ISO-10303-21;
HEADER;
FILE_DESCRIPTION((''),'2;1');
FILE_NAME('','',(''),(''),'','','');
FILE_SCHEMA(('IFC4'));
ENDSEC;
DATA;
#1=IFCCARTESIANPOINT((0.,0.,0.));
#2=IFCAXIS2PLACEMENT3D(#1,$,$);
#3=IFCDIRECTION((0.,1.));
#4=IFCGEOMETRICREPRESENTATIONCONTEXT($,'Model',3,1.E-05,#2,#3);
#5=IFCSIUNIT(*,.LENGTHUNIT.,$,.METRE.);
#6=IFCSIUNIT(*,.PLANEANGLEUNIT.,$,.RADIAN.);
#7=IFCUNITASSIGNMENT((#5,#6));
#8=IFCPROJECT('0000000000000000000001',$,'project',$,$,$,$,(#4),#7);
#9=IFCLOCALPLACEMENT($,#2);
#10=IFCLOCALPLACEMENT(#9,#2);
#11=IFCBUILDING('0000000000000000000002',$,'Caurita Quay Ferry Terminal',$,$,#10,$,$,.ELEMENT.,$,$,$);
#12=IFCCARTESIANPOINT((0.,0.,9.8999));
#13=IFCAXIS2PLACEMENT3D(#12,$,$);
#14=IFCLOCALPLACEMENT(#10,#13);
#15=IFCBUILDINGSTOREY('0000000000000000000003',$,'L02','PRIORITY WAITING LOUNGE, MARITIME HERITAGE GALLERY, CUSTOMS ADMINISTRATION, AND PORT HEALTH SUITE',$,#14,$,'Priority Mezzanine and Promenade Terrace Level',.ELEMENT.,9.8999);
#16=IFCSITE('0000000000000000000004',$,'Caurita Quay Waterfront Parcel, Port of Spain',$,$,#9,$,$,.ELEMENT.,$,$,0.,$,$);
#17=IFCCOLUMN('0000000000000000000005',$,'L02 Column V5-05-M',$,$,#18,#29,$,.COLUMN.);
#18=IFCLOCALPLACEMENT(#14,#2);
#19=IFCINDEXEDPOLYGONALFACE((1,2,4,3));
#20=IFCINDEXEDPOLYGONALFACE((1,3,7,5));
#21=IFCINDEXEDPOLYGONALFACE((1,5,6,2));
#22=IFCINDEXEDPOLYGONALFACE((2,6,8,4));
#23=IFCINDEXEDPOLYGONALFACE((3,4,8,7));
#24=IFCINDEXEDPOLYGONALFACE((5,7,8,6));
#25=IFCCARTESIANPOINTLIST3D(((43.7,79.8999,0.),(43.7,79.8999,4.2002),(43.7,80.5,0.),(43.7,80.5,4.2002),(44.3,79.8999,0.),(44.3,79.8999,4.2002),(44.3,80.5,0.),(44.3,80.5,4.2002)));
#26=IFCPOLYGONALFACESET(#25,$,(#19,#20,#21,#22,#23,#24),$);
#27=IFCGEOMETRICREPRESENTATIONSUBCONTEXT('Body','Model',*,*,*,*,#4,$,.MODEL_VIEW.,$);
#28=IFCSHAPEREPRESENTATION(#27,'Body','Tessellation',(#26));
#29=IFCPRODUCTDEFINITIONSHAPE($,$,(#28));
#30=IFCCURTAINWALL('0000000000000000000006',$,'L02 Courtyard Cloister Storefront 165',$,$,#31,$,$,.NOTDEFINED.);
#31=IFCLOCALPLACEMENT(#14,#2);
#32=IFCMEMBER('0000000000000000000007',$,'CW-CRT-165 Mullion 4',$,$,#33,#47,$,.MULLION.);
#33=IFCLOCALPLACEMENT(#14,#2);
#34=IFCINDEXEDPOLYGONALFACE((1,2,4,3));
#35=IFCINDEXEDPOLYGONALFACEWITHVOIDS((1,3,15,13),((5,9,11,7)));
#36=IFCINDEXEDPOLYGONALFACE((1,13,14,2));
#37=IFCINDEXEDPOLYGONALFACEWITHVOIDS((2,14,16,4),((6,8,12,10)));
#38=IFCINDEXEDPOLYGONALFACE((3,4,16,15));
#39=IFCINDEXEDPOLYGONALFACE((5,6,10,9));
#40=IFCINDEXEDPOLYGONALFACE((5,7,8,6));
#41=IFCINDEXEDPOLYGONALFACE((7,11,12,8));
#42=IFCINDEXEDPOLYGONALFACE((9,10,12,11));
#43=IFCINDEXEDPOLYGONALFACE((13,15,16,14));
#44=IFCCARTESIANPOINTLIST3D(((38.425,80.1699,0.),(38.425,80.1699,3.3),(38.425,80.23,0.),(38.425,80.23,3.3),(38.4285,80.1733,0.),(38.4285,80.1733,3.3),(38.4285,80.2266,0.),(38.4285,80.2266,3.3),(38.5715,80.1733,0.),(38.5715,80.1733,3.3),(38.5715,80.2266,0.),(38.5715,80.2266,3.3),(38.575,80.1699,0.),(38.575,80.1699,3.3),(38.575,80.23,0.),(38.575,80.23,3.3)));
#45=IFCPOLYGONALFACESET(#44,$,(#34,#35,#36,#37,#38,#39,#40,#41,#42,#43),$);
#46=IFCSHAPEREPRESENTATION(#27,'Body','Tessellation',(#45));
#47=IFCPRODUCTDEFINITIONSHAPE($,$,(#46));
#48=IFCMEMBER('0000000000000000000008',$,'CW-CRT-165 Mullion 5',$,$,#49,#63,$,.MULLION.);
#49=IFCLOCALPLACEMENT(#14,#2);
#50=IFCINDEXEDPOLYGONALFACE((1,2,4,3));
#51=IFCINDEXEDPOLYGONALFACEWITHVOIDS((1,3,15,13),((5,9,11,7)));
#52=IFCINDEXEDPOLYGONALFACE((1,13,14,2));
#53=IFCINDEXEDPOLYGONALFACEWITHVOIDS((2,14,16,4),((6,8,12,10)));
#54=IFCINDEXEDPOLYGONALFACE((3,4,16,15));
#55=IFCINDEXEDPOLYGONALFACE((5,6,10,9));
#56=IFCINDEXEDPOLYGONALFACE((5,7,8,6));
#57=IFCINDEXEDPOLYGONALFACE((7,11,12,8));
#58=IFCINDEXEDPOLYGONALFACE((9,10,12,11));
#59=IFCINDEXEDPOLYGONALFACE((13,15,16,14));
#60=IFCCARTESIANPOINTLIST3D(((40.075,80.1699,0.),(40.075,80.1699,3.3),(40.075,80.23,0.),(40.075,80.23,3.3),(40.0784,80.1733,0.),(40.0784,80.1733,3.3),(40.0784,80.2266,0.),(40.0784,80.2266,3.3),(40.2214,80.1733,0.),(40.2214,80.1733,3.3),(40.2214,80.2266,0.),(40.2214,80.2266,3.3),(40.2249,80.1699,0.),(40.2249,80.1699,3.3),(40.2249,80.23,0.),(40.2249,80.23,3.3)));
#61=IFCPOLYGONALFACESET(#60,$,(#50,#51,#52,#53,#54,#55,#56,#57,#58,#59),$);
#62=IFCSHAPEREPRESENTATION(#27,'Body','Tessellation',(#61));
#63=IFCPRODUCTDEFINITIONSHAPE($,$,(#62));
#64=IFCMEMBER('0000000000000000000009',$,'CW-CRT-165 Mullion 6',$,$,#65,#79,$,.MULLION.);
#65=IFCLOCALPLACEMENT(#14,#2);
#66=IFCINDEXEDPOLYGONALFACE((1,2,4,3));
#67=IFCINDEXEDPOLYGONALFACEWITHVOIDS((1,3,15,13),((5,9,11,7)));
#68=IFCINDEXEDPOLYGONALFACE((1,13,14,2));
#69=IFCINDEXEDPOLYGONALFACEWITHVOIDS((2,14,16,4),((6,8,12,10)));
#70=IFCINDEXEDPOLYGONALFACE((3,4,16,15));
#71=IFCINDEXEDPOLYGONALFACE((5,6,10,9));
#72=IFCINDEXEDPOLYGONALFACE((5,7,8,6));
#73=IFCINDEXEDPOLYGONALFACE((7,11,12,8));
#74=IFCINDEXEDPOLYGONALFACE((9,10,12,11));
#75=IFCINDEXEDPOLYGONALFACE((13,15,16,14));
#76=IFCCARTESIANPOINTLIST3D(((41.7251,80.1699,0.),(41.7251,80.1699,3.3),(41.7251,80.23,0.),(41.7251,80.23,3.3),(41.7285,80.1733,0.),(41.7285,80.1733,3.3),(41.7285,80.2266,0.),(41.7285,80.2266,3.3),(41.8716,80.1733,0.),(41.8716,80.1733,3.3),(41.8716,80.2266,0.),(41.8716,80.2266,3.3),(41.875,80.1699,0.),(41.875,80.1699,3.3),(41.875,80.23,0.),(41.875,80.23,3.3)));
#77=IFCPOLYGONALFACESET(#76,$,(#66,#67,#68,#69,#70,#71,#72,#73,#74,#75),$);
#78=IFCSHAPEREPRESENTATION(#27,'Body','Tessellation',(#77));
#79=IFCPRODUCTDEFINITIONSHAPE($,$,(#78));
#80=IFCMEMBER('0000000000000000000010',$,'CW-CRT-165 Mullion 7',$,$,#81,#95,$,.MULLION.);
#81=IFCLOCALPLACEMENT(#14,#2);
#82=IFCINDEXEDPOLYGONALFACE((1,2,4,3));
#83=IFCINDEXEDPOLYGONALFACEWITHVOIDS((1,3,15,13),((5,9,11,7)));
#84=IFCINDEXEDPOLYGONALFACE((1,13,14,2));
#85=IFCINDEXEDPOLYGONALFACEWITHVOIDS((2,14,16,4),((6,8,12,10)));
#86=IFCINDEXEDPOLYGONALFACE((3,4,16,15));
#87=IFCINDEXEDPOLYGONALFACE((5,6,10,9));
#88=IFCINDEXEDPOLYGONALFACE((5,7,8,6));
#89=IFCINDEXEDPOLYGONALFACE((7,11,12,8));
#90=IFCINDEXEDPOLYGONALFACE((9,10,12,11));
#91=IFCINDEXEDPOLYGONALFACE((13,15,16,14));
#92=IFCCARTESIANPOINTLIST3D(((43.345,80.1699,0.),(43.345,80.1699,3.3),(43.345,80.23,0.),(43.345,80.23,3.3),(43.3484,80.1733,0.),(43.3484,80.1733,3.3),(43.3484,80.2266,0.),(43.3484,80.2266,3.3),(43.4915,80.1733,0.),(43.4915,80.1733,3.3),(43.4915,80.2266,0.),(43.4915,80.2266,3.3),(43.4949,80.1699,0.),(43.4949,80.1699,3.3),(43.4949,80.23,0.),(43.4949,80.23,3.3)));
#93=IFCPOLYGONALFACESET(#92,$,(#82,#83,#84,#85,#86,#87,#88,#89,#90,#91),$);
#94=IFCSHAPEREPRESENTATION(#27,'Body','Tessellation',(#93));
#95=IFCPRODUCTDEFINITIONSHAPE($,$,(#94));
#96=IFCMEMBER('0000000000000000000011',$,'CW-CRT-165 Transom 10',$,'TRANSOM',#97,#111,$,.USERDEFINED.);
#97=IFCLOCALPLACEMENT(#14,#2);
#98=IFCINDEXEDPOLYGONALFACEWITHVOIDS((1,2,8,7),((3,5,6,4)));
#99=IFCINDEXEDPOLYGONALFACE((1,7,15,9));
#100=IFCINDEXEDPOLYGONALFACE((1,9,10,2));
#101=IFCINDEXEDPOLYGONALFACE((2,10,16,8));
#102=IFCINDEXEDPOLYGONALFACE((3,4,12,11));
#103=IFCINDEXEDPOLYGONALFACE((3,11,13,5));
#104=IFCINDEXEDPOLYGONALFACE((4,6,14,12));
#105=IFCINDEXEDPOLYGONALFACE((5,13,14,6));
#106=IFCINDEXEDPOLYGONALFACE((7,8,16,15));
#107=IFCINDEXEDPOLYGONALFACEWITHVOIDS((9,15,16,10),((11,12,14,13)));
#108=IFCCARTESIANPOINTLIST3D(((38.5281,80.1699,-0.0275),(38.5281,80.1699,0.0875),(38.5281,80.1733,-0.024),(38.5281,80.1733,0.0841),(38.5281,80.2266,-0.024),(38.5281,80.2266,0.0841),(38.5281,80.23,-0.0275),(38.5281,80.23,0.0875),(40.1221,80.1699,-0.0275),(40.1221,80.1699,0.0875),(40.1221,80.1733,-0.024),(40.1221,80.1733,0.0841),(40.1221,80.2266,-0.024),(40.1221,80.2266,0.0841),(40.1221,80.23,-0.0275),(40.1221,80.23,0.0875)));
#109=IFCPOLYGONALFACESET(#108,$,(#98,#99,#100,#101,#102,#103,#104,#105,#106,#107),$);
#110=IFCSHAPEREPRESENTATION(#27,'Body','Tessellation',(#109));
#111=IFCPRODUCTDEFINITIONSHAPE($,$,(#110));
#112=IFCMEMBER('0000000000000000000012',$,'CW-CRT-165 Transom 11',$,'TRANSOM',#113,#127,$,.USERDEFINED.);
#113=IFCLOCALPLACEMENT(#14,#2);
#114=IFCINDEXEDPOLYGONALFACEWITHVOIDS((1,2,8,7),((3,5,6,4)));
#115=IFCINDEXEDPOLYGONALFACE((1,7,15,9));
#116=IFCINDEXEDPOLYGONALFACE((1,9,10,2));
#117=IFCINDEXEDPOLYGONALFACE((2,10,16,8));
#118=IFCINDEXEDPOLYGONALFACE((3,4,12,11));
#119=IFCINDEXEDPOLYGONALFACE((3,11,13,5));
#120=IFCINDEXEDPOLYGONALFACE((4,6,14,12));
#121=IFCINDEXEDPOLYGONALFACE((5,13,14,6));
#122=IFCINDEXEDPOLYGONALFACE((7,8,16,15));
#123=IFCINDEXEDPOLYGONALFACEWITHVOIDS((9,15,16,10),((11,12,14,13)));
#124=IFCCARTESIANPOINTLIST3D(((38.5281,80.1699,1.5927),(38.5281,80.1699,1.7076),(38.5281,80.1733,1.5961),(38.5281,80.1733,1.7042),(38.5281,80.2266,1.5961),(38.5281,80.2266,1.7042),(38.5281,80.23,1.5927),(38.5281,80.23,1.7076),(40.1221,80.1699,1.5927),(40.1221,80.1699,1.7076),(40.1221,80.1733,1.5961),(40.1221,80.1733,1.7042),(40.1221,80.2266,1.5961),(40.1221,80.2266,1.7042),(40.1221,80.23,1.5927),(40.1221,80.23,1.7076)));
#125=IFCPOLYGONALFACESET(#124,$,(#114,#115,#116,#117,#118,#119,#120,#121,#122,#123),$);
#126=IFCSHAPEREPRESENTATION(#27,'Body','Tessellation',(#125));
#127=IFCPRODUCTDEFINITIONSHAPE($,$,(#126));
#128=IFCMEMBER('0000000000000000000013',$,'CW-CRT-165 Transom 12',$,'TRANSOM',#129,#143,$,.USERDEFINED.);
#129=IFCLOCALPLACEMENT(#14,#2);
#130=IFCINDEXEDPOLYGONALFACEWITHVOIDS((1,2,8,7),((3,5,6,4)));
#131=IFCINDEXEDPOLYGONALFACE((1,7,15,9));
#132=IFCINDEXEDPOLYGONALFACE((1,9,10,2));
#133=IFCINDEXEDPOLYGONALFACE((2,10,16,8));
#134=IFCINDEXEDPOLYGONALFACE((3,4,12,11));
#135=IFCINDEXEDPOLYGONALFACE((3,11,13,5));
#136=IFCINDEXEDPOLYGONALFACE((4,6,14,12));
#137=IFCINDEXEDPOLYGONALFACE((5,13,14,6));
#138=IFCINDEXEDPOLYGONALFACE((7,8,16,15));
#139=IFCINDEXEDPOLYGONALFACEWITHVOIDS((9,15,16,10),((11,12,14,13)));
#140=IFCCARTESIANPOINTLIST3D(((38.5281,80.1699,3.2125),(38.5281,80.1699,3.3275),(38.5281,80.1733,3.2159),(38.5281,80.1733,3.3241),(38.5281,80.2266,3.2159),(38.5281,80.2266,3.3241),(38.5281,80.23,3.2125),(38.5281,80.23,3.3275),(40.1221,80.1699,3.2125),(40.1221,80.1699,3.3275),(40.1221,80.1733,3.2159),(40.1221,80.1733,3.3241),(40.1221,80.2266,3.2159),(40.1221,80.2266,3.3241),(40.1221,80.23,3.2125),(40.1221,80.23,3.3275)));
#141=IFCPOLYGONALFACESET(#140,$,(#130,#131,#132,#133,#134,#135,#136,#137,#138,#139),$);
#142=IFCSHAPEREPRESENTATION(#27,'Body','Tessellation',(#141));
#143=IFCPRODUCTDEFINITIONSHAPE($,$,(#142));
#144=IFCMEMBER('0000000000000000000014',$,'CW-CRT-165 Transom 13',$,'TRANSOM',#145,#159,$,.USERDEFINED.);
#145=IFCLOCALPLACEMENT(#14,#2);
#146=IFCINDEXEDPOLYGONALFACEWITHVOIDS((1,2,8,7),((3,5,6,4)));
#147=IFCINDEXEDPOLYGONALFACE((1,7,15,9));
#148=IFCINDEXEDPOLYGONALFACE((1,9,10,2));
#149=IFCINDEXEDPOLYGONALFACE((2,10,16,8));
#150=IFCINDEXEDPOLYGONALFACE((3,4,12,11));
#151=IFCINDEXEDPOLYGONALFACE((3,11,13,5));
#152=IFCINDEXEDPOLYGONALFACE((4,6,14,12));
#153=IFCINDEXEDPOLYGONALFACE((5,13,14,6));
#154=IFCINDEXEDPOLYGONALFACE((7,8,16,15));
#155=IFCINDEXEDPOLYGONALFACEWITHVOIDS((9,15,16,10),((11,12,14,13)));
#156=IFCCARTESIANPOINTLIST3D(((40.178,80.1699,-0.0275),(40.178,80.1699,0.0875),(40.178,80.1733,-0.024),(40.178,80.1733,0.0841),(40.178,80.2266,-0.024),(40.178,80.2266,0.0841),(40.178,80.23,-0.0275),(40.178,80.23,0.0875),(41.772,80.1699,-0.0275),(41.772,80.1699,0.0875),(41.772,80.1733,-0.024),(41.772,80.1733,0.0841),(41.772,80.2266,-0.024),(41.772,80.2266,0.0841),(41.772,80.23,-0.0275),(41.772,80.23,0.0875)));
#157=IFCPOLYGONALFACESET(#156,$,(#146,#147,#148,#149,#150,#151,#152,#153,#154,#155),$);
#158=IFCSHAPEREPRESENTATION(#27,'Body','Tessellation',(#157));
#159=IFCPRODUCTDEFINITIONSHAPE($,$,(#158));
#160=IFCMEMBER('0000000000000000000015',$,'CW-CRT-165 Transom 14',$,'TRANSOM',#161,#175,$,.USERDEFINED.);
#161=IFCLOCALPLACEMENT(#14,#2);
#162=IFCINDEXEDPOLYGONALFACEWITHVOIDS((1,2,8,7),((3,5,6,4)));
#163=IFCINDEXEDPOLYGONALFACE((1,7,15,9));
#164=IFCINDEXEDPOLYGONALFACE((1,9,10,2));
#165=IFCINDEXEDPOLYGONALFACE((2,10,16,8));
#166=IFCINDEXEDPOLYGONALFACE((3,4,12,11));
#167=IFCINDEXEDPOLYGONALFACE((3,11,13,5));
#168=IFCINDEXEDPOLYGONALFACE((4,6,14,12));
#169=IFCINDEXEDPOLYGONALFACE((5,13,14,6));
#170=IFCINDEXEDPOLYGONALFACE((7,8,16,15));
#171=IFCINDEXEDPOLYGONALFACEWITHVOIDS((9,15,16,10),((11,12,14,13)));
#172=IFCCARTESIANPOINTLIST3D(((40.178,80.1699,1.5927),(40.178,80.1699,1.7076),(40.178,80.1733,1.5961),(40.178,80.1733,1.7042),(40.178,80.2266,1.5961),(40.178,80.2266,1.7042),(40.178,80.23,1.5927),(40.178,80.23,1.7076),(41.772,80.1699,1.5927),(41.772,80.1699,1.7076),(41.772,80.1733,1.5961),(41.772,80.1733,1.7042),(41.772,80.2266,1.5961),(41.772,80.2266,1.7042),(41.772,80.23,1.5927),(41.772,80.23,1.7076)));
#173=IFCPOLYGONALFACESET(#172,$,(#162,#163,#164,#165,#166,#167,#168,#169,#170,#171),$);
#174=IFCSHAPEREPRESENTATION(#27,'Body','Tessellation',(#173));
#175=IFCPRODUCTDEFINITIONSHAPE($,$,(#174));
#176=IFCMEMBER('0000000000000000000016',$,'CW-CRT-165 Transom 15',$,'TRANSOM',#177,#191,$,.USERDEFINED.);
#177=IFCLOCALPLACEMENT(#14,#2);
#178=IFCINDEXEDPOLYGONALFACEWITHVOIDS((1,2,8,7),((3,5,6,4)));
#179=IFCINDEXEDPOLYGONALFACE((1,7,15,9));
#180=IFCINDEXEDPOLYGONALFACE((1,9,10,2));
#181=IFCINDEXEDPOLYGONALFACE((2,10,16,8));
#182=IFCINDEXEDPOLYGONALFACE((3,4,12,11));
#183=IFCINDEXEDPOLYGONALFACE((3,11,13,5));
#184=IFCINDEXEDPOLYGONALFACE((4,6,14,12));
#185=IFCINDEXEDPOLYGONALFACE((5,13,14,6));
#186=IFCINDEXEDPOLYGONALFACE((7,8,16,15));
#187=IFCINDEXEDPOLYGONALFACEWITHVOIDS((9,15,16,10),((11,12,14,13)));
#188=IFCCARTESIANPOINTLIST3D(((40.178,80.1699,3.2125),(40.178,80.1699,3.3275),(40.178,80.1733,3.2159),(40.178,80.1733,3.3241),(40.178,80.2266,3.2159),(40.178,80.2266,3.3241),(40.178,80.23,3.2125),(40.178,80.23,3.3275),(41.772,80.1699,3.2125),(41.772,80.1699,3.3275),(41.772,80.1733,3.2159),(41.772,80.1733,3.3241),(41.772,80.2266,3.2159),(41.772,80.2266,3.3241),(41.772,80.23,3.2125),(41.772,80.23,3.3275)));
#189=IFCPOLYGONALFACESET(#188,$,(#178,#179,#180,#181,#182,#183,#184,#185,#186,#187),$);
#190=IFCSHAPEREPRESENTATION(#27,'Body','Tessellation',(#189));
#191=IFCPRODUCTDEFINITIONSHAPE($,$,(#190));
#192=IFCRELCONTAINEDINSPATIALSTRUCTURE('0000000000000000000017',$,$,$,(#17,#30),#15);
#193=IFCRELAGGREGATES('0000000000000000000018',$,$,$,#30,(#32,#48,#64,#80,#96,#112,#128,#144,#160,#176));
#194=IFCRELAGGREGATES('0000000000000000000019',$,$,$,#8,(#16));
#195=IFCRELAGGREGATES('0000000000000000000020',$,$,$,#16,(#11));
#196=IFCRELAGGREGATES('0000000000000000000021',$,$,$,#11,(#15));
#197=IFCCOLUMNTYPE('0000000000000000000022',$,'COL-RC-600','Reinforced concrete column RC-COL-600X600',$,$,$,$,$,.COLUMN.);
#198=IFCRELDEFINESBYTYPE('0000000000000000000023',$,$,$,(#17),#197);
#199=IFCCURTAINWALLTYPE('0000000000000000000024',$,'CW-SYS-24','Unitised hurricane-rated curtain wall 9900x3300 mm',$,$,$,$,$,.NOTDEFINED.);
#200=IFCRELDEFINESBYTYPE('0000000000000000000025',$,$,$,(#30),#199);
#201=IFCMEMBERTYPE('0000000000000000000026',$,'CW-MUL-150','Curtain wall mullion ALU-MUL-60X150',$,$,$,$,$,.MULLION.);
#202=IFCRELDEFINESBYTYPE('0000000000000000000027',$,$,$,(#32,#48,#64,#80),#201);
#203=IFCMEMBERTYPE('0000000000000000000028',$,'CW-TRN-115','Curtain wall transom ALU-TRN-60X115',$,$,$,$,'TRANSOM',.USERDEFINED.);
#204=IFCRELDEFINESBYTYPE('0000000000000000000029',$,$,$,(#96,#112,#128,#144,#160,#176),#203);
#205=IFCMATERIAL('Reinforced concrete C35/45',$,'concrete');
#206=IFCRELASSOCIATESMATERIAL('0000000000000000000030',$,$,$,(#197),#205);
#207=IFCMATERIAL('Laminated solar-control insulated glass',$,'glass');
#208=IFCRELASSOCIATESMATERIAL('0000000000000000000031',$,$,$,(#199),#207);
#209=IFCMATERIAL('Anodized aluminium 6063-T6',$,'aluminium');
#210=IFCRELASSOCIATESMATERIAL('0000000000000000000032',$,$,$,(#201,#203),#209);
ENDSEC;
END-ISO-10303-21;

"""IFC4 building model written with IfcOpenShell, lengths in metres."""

from ifc_helpers import new_model, si_unit, direction, frame, origin, origin_2d, place, context, subcontext, project, spatial, rectangle, hollow_rectangle, extrude, material, material_profile, profile_set, type_object, element, aggregate, save


model = new_model("IFC4")

# Units and contexts
model_context = context("Model", 3, precision=1e-05, world=origin(), true_north=direction((0.0, 1.0)))
body_context = subcontext(model_context, "Body", "Model", "MODEL_VIEW")
ifc_project = project(units=[si_unit("LENGTHUNIT", "METRE"), si_unit("PLANEANGLEUNIT", "RADIAN")], contexts=[model_context])

# Site, building, storey
site_placement = place(None, origin())
site = spatial("IfcSite", under=ifc_project, at=site_placement, Name="Caurita Quay Waterfront Parcel, Port of Spain", CompositionType="ELEMENT", RefElevation=0.0)
building_placement = place(site_placement, origin())
building = spatial("IfcBuilding", under=site, at=building_placement, Name="Caurita Quay Ferry Terminal", CompositionType="ELEMENT")
storey_placement = place(building_placement, frame((0.0, 0.0, 9.8999)))
storey = spatial("IfcBuildingStorey", under=building, at=storey_placement, Name="L02", Description="PRIORITY WAITING LOUNGE, MARITIME HERITAGE GALLERY, CUSTOMS ADMINISTRATION, AND PORT HEALTH SUITE", LongName="Priority Mezzanine and Promenade Terrace Level", CompositionType="ELEMENT", Elevation=9.8999)

# Column
ifc_material_1 = material(Name="Reinforced concrete C35/45", Category="concrete")
ifc_material_profile_1 = material_profile(ifc_material_1, rectangle(XDim=0.6001, YDim=0.6001, at=origin_2d()), Name="RC-COL-600X600")
ifc_profile_set_1 = profile_set([ifc_material_profile_1], Name="Reinforced concrete C35/45")
column_type = type_object("IfcColumnType", Name="COL-RC-600", Description="Reinforced concrete column RC-COL-600X600", PredefinedType="COLUMN", material=ifc_profile_set_1)
column_placement = place(storey_placement, frame((44.0, 80.2, 0.0), z_axis=(0.0, 0.0, 1.0), x_axis=(1.0, 0.0, 0.0)))
element("IfcColumn", 1, at=column_placement, inside=storey, type_object=column_type, Name="L02 Column V5-05-M", PredefinedType="COLUMN", context=body_context, shape_type="SweptSolid", body=[
    extrude(rectangle(XDim=0.6001, YDim=0.6001, at=origin_2d()), origin(), (0.0, 0.0, 1.0), 4.2002),
])

# Curtain wall, members
ifc_material_2 = material(Name="Laminated solar-control insulated glass", Category="glass")
curtain_wall_type = type_object("IfcCurtainWallType", Name="CW-SYS-24", Description="Unitised hurricane-rated curtain wall 9900x3300 mm", PredefinedType="NOTDEFINED", material=ifc_material_2)
curtain_wall_placement = place(storey_placement, origin())
curtain_wall = element("IfcCurtainWall", 2, at=curtain_wall_placement, inside=storey, type_object=curtain_wall_type, Name="L02 Courtyard Cloister Storefront 165", PredefinedType="NOTDEFINED")
ifc_material_3 = material(Name="Anodized aluminium 6063-T6", Category="aluminium")
ifc_material_profile_2 = material_profile(ifc_material_3, hollow_rectangle(XDim=0.0601, YDim=0.1499, WallThickness=0.0034, at=origin_2d()), Name="ALU-MUL-60X150")
ifc_profile_set_2 = profile_set([ifc_material_profile_2], Name="Anodized aluminium 6063-T6")
member_type_1 = type_object("IfcMemberType", Name="CW-MUL-150", Description="Curtain wall mullion ALU-MUL-60X150", PredefinedType="MULLION", material=ifc_profile_set_2)
member_1_placement = place(storey_placement, frame((38.5, 80.2, 0.0), z_axis=(0.0, 0.0, 1.0), x_axis=(0.0, 1.0, 0.0)))
member_1 = element("IfcMember", 3, at=member_1_placement, type_object=member_type_1, Name="CW-CRT-165 Mullion 4", PredefinedType="MULLION", context=body_context, shape_type="SweptSolid", body=[
    extrude(hollow_rectangle(XDim=0.0601, YDim=0.1499, WallThickness=0.0034, at=origin_2d()), origin(), (0.0, 0.0, 1.0), 3.3),
])
member_2_placement = place(storey_placement, frame((40.1499, 80.2, 0.0), z_axis=(0.0, 0.0, 1.0), x_axis=(0.0, 1.0, 0.0)))
member_2 = element("IfcMember", 4, at=member_2_placement, type_object=member_type_1, Name="CW-CRT-165 Mullion 5", PredefinedType="MULLION", context=body_context, shape_type="SweptSolid", body=[
    extrude(hollow_rectangle(XDim=0.0601, YDim=0.1499, WallThickness=0.0034, at=origin_2d()), origin(), (0.0, 0.0, 1.0), 3.3),
])
member_3_placement = place(storey_placement, frame((41.8, 80.2, 0.0), z_axis=(0.0, 0.0, 1.0), x_axis=(0.0, 1.0, 0.0)))
member_3 = element("IfcMember", 5, at=member_3_placement, type_object=member_type_1, Name="CW-CRT-165 Mullion 6", PredefinedType="MULLION", context=body_context, shape_type="SweptSolid", body=[
    extrude(hollow_rectangle(XDim=0.0601, YDim=0.1499, WallThickness=0.0034, at=origin_2d()), origin(), (0.0, 0.0, 1.0), 3.3),
])
member_4_placement = place(storey_placement, frame((43.4199, 80.2, 0.0), z_axis=(0.0, 0.0, 1.0), x_axis=(0.0, 1.0, 0.0)))
member_4 = element("IfcMember", 6, at=member_4_placement, type_object=member_type_1, Name="CW-CRT-165 Mullion 7", PredefinedType="MULLION", context=body_context, shape_type="SweptSolid", body=[
    extrude(hollow_rectangle(XDim=0.0601, YDim=0.1499, WallThickness=0.0034, at=origin_2d()), origin(), (0.0, 0.0, 1.0), 3.3),
])
ifc_material_profile_3 = material_profile(ifc_material_3, hollow_rectangle(XDim=0.0601, YDim=0.115, WallThickness=0.0034, at=origin_2d()), Name="ALU-TRN-60X115")
ifc_profile_set_3 = profile_set([ifc_material_profile_3], Name="Anodized aluminium 6063-T6")
member_type_2 = type_object("IfcMemberType", Name="CW-TRN-115", Description="Curtain wall transom ALU-TRN-60X115", ElementType="TRANSOM", PredefinedType="USERDEFINED", material=ifc_profile_set_3)
member_5_placement = place(storey_placement, frame((38.5281, 80.2, 0.03), z_axis=(1.0, 0.0, 0.0), x_axis=(0.0, 1.0, 0.0)))
member_5 = element("IfcMember", 7, at=member_5_placement, type_object=member_type_2, Name="CW-CRT-165 Transom 10", ObjectType="TRANSOM", PredefinedType="USERDEFINED", context=body_context, shape_type="SweptSolid", body=[
    extrude(hollow_rectangle(XDim=0.0601, YDim=0.115, WallThickness=0.0034, at=origin_2d()), origin(), (0.0, 0.0, 1.0), 1.594),
])
member_6_placement = place(storey_placement, frame((38.5281, 80.2, 1.6501), z_axis=(1.0, 0.0, 0.0), x_axis=(0.0, 1.0, 0.0)))
member_6 = element("IfcMember", 8, at=member_6_placement, type_object=member_type_2, Name="CW-CRT-165 Transom 11", ObjectType="TRANSOM", PredefinedType="USERDEFINED", context=body_context, shape_type="SweptSolid", body=[
    extrude(hollow_rectangle(XDim=0.0601, YDim=0.115, WallThickness=0.0034, at=origin_2d()), origin(), (0.0, 0.0, 1.0), 1.594),
])
member_7_placement = place(storey_placement, frame((38.5281, 80.2, 3.27), z_axis=(1.0, 0.0, 0.0), x_axis=(0.0, 1.0, 0.0)))
member_7 = element("IfcMember", 9, at=member_7_placement, type_object=member_type_2, Name="CW-CRT-165 Transom 12", ObjectType="TRANSOM", PredefinedType="USERDEFINED", context=body_context, shape_type="SweptSolid", body=[
    extrude(hollow_rectangle(XDim=0.0601, YDim=0.115, WallThickness=0.0034, at=origin_2d()), origin(), (0.0, 0.0, 1.0), 1.594),
])
member_8_placement = place(storey_placement, frame((40.178, 80.2, 0.03), z_axis=(1.0, 0.0, 0.0), x_axis=(0.0, 1.0, 0.0)))
member_8 = element("IfcMember", 10, at=member_8_placement, type_object=member_type_2, Name="CW-CRT-165 Transom 13", ObjectType="TRANSOM", PredefinedType="USERDEFINED", context=body_context, shape_type="SweptSolid", body=[
    extrude(hollow_rectangle(XDim=0.0601, YDim=0.115, WallThickness=0.0034, at=origin_2d()), origin(), (0.0, 0.0, 1.0), 1.594),
])
member_9_placement = place(storey_placement, frame((40.178, 80.2, 1.6501), z_axis=(1.0, 0.0, 0.0), x_axis=(0.0, 1.0, 0.0)))
member_9 = element("IfcMember", 11, at=member_9_placement, type_object=member_type_2, Name="CW-CRT-165 Transom 14", ObjectType="TRANSOM", PredefinedType="USERDEFINED", context=body_context, shape_type="SweptSolid", body=[
    extrude(hollow_rectangle(XDim=0.0601, YDim=0.115, WallThickness=0.0034, at=origin_2d()), origin(), (0.0, 0.0, 1.0), 1.594),
])
member_10_placement = place(storey_placement, frame((40.178, 80.2, 3.27), z_axis=(1.0, 0.0, 0.0), x_axis=(0.0, 1.0, 0.0)))
member_10 = element("IfcMember", 12, at=member_10_placement, type_object=member_type_2, Name="CW-CRT-165 Transom 15", ObjectType="TRANSOM", PredefinedType="USERDEFINED", context=body_context, shape_type="SweptSolid", body=[
    extrude(hollow_rectangle(XDim=0.0601, YDim=0.115, WallThickness=0.0034, at=origin_2d()), origin(), (0.0, 0.0, 1.0), 1.594),
])
aggregate(curtain_wall, [member_1, member_2, member_3, member_4, member_5, member_6, member_7, member_8, member_9, member_10])

save(model, "model.ifc")
